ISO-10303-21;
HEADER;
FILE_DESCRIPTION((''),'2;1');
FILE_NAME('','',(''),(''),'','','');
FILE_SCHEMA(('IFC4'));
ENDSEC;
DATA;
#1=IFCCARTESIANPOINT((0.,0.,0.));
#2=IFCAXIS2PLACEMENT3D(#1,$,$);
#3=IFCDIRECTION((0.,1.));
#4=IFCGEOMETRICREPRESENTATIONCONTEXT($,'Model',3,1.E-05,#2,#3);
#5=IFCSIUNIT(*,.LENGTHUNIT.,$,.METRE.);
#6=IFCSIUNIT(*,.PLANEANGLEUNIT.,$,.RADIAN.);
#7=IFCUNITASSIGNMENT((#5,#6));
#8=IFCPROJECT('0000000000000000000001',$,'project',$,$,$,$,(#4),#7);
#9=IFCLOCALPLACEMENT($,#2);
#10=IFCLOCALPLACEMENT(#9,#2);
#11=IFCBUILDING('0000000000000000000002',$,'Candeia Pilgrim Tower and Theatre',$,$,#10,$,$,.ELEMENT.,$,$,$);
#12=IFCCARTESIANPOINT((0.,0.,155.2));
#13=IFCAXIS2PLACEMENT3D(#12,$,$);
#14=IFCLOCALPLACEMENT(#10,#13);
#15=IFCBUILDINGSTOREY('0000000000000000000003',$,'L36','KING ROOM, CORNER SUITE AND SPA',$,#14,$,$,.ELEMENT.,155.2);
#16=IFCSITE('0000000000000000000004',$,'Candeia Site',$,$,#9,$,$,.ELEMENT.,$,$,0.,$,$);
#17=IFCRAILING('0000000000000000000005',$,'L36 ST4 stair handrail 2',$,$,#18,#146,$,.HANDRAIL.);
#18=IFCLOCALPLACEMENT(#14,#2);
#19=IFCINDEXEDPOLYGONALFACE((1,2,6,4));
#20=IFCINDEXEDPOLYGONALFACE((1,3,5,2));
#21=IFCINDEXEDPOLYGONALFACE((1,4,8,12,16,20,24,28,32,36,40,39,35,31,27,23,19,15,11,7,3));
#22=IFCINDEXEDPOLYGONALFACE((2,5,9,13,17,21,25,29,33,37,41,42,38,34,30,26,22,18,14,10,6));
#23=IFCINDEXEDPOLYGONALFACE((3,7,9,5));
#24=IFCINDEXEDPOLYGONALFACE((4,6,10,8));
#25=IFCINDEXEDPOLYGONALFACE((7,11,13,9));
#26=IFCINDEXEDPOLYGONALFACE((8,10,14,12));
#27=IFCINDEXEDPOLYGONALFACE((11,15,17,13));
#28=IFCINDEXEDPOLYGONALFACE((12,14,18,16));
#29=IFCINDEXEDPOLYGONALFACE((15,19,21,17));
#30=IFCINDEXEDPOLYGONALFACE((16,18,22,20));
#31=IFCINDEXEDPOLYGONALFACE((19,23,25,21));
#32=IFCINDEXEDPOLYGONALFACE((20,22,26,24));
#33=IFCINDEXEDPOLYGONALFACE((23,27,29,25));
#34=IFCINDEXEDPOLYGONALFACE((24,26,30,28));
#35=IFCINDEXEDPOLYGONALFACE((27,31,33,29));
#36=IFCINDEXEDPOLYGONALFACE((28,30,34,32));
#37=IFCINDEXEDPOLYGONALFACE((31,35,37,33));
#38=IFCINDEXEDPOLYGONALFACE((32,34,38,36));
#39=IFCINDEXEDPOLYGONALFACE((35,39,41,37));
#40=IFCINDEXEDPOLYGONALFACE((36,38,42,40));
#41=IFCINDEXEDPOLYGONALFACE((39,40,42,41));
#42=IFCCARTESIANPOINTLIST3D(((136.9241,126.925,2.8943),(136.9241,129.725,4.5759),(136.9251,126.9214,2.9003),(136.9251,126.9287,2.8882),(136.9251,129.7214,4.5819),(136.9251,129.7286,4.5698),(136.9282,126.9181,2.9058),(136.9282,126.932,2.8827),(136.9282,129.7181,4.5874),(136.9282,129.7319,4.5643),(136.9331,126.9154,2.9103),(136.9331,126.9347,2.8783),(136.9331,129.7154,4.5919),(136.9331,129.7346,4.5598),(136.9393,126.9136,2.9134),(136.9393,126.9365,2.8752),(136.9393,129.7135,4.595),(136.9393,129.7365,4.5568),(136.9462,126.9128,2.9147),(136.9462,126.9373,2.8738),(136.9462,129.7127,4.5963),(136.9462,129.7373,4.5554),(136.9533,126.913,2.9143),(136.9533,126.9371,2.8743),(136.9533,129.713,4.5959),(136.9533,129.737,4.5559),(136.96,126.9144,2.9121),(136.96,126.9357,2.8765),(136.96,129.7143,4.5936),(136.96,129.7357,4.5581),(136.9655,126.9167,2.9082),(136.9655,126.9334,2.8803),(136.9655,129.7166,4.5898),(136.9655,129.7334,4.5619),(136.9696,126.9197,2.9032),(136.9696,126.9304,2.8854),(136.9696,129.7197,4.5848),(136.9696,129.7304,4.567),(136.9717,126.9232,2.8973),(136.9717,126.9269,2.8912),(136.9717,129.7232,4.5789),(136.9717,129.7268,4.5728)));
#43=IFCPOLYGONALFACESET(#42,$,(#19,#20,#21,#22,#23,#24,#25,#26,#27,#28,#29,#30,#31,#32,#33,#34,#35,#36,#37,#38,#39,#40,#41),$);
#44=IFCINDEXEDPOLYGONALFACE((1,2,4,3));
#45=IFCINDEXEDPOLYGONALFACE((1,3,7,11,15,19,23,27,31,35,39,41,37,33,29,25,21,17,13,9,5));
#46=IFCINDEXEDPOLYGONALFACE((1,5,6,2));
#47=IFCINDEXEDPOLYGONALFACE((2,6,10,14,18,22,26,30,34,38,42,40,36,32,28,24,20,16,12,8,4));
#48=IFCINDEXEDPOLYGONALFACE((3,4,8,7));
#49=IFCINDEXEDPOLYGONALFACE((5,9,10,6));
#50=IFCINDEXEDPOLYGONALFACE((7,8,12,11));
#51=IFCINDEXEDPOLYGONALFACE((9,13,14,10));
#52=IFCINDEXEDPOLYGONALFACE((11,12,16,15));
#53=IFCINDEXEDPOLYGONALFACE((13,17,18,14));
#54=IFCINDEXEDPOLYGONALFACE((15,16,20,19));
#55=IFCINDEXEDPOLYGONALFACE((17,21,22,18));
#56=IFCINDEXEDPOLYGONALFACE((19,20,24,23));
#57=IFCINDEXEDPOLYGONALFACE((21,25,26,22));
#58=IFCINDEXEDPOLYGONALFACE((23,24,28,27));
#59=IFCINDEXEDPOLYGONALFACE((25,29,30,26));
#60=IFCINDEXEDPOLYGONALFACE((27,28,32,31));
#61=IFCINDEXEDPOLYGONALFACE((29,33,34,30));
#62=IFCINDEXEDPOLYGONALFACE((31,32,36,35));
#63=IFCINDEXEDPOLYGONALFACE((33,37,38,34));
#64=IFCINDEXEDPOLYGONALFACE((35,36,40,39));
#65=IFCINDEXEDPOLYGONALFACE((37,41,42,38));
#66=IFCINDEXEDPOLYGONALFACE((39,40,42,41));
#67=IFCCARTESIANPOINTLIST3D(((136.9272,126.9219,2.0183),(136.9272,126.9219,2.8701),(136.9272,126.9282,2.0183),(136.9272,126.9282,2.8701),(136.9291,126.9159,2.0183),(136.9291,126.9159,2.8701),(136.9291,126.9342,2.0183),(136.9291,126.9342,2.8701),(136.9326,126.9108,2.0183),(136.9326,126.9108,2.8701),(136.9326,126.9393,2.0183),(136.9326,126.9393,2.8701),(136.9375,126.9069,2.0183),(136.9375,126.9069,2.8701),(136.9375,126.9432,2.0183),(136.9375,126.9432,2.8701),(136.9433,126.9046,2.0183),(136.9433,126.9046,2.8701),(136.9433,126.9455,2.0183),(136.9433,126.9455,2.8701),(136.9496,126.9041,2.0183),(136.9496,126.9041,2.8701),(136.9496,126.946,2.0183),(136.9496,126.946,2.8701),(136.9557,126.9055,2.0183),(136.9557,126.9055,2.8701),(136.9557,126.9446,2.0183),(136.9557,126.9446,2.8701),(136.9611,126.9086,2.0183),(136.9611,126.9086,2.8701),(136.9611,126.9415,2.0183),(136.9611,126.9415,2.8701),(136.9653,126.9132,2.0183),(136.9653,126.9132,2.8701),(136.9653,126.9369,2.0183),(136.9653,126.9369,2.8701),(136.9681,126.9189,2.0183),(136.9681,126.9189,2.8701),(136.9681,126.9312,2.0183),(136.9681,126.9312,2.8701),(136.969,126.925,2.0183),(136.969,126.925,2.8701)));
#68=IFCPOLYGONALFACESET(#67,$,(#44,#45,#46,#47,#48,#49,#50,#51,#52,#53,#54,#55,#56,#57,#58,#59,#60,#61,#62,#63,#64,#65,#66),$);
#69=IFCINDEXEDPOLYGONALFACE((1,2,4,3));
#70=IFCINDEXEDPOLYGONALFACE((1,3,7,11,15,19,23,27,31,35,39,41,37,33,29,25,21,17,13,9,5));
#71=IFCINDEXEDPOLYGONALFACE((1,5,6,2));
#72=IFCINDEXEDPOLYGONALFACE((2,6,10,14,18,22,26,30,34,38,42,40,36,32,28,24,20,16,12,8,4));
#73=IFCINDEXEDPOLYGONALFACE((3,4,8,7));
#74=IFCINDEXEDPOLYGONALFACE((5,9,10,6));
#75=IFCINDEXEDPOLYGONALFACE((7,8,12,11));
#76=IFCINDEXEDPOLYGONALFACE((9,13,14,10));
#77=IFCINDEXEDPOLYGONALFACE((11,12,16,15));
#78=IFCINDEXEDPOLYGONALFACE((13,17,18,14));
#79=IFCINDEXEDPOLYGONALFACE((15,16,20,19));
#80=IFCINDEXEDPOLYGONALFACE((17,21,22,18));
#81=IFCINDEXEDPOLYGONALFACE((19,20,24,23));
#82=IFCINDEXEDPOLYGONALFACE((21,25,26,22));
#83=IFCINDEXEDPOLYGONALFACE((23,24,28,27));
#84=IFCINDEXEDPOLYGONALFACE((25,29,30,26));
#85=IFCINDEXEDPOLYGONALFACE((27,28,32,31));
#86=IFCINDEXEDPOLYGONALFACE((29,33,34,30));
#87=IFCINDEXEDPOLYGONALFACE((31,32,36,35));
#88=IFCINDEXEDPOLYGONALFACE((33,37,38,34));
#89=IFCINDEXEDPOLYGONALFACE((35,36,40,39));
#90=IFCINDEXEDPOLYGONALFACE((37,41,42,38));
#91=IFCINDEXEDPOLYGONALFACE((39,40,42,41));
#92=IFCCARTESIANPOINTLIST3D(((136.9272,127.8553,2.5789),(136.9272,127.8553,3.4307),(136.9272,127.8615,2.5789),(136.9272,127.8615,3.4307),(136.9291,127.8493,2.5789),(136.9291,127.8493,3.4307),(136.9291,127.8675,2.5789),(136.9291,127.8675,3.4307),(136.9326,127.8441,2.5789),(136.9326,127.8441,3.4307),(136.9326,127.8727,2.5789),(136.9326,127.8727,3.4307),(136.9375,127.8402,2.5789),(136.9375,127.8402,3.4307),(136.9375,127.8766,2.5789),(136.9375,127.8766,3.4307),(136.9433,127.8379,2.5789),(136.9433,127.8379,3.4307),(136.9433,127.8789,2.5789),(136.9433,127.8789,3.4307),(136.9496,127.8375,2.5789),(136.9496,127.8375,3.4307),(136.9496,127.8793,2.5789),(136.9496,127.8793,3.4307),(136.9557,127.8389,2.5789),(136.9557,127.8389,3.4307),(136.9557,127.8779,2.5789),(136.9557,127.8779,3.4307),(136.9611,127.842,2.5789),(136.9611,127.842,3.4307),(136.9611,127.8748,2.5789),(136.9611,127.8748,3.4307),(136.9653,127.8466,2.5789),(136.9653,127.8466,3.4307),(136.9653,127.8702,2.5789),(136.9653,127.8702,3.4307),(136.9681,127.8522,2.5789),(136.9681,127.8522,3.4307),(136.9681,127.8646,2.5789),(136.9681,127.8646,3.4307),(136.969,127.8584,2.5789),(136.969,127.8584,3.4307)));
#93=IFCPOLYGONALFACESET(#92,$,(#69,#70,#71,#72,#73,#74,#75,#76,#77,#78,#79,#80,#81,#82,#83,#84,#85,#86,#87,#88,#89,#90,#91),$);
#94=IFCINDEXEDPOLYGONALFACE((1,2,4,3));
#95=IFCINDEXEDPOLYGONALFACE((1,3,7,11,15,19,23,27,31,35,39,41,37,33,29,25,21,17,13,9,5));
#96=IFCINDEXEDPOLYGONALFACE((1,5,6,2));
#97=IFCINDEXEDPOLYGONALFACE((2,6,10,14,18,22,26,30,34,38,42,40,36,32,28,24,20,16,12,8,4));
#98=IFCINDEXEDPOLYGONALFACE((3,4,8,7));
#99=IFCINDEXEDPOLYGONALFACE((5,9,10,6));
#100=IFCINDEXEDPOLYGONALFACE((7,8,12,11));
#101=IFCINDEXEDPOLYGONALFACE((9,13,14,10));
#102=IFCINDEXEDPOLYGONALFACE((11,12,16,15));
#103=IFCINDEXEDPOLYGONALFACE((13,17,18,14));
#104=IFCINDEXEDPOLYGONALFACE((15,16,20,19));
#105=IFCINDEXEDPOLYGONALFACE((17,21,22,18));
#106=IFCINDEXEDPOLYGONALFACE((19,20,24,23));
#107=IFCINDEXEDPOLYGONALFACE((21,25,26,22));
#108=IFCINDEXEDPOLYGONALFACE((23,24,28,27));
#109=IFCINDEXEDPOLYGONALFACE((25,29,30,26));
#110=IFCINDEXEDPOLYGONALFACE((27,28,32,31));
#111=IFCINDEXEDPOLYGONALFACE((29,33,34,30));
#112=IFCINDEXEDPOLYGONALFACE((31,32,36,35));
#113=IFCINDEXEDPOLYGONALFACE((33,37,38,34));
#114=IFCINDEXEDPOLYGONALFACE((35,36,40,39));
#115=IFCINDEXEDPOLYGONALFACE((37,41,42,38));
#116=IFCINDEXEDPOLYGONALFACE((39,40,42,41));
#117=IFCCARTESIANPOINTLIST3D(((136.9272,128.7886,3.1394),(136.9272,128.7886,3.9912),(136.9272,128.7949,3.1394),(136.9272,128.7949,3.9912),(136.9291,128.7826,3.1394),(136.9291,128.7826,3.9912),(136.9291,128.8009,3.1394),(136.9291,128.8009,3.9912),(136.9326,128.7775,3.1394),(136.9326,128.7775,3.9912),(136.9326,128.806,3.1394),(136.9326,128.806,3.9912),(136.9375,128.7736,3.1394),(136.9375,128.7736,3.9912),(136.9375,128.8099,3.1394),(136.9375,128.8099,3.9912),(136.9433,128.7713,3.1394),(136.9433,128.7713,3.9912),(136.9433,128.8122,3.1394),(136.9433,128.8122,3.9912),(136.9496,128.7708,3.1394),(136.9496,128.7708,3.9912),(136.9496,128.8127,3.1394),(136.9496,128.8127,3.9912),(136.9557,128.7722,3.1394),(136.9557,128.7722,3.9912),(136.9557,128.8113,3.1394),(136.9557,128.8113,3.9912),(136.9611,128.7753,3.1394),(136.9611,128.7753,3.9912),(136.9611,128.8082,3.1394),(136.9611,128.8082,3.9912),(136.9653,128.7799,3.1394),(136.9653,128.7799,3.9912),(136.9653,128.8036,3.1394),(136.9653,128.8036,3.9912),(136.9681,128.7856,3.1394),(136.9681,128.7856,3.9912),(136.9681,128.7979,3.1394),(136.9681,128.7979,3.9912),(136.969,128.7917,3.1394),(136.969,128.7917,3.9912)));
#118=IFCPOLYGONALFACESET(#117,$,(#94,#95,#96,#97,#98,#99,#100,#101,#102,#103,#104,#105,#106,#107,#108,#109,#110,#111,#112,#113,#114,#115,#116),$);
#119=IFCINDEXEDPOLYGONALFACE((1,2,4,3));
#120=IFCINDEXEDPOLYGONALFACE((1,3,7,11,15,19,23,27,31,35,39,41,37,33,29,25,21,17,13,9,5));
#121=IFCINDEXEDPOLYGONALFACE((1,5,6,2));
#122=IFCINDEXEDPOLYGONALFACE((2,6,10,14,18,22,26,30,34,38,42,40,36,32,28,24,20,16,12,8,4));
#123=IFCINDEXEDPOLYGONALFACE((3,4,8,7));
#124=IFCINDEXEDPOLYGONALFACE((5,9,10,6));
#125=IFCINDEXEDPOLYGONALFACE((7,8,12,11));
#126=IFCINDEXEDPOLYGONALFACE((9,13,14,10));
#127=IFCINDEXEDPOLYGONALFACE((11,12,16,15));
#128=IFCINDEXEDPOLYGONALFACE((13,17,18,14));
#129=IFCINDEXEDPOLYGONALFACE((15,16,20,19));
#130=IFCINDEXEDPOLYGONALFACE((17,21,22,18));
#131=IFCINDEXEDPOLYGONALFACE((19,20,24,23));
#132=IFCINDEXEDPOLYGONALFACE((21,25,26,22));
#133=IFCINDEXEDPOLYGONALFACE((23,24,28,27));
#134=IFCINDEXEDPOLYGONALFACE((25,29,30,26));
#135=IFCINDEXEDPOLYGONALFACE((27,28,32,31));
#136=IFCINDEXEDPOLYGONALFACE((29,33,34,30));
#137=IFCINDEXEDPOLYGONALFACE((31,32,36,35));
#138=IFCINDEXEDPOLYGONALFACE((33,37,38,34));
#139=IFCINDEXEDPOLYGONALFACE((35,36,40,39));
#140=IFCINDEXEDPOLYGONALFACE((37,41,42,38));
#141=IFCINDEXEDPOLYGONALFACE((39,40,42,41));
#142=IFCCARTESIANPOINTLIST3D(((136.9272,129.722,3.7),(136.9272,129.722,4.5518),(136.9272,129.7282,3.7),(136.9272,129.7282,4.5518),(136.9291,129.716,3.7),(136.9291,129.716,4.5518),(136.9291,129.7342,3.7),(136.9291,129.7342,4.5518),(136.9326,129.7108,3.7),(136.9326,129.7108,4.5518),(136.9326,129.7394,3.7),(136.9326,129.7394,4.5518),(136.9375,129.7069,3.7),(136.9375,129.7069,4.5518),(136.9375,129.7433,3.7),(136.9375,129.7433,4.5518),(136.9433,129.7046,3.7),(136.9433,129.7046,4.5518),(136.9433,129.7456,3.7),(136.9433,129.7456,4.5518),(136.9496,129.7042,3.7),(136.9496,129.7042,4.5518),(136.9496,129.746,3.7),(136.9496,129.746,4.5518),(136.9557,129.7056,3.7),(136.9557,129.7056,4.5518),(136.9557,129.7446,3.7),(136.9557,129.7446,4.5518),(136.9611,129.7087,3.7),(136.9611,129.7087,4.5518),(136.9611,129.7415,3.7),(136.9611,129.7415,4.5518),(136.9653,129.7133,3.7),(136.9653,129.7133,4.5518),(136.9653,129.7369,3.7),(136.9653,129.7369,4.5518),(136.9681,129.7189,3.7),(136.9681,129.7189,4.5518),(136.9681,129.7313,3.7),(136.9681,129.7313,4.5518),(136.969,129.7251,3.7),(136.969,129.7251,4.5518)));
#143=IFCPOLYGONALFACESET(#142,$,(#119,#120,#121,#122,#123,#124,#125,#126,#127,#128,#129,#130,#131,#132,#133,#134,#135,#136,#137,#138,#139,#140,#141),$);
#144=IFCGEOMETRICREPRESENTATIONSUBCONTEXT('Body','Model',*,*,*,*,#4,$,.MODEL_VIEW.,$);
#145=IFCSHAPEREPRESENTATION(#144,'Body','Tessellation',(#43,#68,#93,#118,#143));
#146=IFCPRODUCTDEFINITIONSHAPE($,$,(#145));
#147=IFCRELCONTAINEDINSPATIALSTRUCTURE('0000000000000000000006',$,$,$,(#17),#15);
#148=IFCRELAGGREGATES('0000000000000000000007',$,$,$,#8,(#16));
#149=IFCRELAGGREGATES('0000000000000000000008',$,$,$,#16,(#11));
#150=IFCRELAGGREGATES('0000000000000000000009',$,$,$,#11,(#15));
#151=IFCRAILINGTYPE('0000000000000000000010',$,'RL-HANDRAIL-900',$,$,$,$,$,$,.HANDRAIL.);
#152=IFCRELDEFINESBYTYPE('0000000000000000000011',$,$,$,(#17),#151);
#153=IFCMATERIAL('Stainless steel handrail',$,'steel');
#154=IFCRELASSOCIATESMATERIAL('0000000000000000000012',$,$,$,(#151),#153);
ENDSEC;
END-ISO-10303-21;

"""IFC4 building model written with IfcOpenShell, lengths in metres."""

from ifc_helpers import new_model, si_unit, direction, frame, origin, origin_2d, place, context, subcontext, project, spatial, circle, extrude, material, type_object, element, save


model = new_model("IFC4")

# Units and contexts
model_context = context("Model", 3, precision=1e-05, world=origin(), true_north=direction((0.0, 1.0)))
body_context = subcontext(model_context, "Body", "Model", "MODEL_VIEW")
ifc_project = project(units=[si_unit("LENGTHUNIT", "METRE"), si_unit("PLANEANGLEUNIT", "RADIAN")], contexts=[model_context])

# Site, building, storey
site_placement = place(None, origin())
site = spatial("IfcSite", under=ifc_project, at=site_placement, Name="Candeia Site", CompositionType="ELEMENT", RefElevation=0.0)
building_placement = place(site_placement, origin())
building = spatial("IfcBuilding", under=site, at=building_placement, Name="Candeia Pilgrim Tower and Theatre", CompositionType="ELEMENT")
storey_placement = place(building_placement, frame((0.0, 0.0, 155.2)))
storey = spatial("IfcBuildingStorey", under=building, at=storey_placement, Name="L36", Description="KING ROOM, CORNER SUITE AND SPA", CompositionType="ELEMENT", Elevation=155.2)

# Railing
ifc_material_1 = material(Name="Stainless steel handrail", Category="steel")
railing_type_1 = type_object("IfcRailingType", Name="RL-HANDRAIL-900", PredefinedType="HANDRAIL", material=ifc_material_1)
railing_1_placement = place(storey_placement, frame((136.948, 126.925, 2.0183)))
element("IfcRailing", 1, at=railing_1_placement, inside=storey, type_object=railing_type_1, Name="L36 ST4 stair handrail 2", PredefinedType="HANDRAIL", context=body_context, shape_type="SweptSolid", body=[
    extrude(circle(Radius=0.0239, at=origin_2d()), frame((0.0, 0.0, 0.876), z_axis=(0.0, 0.857275, 0.514858), x_axis=(-1.0, 0.0, 0.0)), (0.0, 0.0, 1.0), 3.2661),
    extrude(circle(Radius=0.021, at=origin_2d()), origin(), (0.0, 0.0, 1.0), 0.8518),
    extrude(circle(Radius=0.021, at=origin_2d()), frame((0.0, 0.9333, 0.5605)), (0.0, 0.0, 1.0), 0.8518),
    extrude(circle(Radius=0.021, at=origin_2d()), frame((0.0, 1.8667, 1.1211)), (0.0, 0.0, 1.0), 0.8518),
    extrude(circle(Radius=0.021, at=origin_2d()), frame((0.0, 2.8, 1.6816)), (0.0, 0.0, 1.0), 0.8518),
])

save(model, "model.ifc")
